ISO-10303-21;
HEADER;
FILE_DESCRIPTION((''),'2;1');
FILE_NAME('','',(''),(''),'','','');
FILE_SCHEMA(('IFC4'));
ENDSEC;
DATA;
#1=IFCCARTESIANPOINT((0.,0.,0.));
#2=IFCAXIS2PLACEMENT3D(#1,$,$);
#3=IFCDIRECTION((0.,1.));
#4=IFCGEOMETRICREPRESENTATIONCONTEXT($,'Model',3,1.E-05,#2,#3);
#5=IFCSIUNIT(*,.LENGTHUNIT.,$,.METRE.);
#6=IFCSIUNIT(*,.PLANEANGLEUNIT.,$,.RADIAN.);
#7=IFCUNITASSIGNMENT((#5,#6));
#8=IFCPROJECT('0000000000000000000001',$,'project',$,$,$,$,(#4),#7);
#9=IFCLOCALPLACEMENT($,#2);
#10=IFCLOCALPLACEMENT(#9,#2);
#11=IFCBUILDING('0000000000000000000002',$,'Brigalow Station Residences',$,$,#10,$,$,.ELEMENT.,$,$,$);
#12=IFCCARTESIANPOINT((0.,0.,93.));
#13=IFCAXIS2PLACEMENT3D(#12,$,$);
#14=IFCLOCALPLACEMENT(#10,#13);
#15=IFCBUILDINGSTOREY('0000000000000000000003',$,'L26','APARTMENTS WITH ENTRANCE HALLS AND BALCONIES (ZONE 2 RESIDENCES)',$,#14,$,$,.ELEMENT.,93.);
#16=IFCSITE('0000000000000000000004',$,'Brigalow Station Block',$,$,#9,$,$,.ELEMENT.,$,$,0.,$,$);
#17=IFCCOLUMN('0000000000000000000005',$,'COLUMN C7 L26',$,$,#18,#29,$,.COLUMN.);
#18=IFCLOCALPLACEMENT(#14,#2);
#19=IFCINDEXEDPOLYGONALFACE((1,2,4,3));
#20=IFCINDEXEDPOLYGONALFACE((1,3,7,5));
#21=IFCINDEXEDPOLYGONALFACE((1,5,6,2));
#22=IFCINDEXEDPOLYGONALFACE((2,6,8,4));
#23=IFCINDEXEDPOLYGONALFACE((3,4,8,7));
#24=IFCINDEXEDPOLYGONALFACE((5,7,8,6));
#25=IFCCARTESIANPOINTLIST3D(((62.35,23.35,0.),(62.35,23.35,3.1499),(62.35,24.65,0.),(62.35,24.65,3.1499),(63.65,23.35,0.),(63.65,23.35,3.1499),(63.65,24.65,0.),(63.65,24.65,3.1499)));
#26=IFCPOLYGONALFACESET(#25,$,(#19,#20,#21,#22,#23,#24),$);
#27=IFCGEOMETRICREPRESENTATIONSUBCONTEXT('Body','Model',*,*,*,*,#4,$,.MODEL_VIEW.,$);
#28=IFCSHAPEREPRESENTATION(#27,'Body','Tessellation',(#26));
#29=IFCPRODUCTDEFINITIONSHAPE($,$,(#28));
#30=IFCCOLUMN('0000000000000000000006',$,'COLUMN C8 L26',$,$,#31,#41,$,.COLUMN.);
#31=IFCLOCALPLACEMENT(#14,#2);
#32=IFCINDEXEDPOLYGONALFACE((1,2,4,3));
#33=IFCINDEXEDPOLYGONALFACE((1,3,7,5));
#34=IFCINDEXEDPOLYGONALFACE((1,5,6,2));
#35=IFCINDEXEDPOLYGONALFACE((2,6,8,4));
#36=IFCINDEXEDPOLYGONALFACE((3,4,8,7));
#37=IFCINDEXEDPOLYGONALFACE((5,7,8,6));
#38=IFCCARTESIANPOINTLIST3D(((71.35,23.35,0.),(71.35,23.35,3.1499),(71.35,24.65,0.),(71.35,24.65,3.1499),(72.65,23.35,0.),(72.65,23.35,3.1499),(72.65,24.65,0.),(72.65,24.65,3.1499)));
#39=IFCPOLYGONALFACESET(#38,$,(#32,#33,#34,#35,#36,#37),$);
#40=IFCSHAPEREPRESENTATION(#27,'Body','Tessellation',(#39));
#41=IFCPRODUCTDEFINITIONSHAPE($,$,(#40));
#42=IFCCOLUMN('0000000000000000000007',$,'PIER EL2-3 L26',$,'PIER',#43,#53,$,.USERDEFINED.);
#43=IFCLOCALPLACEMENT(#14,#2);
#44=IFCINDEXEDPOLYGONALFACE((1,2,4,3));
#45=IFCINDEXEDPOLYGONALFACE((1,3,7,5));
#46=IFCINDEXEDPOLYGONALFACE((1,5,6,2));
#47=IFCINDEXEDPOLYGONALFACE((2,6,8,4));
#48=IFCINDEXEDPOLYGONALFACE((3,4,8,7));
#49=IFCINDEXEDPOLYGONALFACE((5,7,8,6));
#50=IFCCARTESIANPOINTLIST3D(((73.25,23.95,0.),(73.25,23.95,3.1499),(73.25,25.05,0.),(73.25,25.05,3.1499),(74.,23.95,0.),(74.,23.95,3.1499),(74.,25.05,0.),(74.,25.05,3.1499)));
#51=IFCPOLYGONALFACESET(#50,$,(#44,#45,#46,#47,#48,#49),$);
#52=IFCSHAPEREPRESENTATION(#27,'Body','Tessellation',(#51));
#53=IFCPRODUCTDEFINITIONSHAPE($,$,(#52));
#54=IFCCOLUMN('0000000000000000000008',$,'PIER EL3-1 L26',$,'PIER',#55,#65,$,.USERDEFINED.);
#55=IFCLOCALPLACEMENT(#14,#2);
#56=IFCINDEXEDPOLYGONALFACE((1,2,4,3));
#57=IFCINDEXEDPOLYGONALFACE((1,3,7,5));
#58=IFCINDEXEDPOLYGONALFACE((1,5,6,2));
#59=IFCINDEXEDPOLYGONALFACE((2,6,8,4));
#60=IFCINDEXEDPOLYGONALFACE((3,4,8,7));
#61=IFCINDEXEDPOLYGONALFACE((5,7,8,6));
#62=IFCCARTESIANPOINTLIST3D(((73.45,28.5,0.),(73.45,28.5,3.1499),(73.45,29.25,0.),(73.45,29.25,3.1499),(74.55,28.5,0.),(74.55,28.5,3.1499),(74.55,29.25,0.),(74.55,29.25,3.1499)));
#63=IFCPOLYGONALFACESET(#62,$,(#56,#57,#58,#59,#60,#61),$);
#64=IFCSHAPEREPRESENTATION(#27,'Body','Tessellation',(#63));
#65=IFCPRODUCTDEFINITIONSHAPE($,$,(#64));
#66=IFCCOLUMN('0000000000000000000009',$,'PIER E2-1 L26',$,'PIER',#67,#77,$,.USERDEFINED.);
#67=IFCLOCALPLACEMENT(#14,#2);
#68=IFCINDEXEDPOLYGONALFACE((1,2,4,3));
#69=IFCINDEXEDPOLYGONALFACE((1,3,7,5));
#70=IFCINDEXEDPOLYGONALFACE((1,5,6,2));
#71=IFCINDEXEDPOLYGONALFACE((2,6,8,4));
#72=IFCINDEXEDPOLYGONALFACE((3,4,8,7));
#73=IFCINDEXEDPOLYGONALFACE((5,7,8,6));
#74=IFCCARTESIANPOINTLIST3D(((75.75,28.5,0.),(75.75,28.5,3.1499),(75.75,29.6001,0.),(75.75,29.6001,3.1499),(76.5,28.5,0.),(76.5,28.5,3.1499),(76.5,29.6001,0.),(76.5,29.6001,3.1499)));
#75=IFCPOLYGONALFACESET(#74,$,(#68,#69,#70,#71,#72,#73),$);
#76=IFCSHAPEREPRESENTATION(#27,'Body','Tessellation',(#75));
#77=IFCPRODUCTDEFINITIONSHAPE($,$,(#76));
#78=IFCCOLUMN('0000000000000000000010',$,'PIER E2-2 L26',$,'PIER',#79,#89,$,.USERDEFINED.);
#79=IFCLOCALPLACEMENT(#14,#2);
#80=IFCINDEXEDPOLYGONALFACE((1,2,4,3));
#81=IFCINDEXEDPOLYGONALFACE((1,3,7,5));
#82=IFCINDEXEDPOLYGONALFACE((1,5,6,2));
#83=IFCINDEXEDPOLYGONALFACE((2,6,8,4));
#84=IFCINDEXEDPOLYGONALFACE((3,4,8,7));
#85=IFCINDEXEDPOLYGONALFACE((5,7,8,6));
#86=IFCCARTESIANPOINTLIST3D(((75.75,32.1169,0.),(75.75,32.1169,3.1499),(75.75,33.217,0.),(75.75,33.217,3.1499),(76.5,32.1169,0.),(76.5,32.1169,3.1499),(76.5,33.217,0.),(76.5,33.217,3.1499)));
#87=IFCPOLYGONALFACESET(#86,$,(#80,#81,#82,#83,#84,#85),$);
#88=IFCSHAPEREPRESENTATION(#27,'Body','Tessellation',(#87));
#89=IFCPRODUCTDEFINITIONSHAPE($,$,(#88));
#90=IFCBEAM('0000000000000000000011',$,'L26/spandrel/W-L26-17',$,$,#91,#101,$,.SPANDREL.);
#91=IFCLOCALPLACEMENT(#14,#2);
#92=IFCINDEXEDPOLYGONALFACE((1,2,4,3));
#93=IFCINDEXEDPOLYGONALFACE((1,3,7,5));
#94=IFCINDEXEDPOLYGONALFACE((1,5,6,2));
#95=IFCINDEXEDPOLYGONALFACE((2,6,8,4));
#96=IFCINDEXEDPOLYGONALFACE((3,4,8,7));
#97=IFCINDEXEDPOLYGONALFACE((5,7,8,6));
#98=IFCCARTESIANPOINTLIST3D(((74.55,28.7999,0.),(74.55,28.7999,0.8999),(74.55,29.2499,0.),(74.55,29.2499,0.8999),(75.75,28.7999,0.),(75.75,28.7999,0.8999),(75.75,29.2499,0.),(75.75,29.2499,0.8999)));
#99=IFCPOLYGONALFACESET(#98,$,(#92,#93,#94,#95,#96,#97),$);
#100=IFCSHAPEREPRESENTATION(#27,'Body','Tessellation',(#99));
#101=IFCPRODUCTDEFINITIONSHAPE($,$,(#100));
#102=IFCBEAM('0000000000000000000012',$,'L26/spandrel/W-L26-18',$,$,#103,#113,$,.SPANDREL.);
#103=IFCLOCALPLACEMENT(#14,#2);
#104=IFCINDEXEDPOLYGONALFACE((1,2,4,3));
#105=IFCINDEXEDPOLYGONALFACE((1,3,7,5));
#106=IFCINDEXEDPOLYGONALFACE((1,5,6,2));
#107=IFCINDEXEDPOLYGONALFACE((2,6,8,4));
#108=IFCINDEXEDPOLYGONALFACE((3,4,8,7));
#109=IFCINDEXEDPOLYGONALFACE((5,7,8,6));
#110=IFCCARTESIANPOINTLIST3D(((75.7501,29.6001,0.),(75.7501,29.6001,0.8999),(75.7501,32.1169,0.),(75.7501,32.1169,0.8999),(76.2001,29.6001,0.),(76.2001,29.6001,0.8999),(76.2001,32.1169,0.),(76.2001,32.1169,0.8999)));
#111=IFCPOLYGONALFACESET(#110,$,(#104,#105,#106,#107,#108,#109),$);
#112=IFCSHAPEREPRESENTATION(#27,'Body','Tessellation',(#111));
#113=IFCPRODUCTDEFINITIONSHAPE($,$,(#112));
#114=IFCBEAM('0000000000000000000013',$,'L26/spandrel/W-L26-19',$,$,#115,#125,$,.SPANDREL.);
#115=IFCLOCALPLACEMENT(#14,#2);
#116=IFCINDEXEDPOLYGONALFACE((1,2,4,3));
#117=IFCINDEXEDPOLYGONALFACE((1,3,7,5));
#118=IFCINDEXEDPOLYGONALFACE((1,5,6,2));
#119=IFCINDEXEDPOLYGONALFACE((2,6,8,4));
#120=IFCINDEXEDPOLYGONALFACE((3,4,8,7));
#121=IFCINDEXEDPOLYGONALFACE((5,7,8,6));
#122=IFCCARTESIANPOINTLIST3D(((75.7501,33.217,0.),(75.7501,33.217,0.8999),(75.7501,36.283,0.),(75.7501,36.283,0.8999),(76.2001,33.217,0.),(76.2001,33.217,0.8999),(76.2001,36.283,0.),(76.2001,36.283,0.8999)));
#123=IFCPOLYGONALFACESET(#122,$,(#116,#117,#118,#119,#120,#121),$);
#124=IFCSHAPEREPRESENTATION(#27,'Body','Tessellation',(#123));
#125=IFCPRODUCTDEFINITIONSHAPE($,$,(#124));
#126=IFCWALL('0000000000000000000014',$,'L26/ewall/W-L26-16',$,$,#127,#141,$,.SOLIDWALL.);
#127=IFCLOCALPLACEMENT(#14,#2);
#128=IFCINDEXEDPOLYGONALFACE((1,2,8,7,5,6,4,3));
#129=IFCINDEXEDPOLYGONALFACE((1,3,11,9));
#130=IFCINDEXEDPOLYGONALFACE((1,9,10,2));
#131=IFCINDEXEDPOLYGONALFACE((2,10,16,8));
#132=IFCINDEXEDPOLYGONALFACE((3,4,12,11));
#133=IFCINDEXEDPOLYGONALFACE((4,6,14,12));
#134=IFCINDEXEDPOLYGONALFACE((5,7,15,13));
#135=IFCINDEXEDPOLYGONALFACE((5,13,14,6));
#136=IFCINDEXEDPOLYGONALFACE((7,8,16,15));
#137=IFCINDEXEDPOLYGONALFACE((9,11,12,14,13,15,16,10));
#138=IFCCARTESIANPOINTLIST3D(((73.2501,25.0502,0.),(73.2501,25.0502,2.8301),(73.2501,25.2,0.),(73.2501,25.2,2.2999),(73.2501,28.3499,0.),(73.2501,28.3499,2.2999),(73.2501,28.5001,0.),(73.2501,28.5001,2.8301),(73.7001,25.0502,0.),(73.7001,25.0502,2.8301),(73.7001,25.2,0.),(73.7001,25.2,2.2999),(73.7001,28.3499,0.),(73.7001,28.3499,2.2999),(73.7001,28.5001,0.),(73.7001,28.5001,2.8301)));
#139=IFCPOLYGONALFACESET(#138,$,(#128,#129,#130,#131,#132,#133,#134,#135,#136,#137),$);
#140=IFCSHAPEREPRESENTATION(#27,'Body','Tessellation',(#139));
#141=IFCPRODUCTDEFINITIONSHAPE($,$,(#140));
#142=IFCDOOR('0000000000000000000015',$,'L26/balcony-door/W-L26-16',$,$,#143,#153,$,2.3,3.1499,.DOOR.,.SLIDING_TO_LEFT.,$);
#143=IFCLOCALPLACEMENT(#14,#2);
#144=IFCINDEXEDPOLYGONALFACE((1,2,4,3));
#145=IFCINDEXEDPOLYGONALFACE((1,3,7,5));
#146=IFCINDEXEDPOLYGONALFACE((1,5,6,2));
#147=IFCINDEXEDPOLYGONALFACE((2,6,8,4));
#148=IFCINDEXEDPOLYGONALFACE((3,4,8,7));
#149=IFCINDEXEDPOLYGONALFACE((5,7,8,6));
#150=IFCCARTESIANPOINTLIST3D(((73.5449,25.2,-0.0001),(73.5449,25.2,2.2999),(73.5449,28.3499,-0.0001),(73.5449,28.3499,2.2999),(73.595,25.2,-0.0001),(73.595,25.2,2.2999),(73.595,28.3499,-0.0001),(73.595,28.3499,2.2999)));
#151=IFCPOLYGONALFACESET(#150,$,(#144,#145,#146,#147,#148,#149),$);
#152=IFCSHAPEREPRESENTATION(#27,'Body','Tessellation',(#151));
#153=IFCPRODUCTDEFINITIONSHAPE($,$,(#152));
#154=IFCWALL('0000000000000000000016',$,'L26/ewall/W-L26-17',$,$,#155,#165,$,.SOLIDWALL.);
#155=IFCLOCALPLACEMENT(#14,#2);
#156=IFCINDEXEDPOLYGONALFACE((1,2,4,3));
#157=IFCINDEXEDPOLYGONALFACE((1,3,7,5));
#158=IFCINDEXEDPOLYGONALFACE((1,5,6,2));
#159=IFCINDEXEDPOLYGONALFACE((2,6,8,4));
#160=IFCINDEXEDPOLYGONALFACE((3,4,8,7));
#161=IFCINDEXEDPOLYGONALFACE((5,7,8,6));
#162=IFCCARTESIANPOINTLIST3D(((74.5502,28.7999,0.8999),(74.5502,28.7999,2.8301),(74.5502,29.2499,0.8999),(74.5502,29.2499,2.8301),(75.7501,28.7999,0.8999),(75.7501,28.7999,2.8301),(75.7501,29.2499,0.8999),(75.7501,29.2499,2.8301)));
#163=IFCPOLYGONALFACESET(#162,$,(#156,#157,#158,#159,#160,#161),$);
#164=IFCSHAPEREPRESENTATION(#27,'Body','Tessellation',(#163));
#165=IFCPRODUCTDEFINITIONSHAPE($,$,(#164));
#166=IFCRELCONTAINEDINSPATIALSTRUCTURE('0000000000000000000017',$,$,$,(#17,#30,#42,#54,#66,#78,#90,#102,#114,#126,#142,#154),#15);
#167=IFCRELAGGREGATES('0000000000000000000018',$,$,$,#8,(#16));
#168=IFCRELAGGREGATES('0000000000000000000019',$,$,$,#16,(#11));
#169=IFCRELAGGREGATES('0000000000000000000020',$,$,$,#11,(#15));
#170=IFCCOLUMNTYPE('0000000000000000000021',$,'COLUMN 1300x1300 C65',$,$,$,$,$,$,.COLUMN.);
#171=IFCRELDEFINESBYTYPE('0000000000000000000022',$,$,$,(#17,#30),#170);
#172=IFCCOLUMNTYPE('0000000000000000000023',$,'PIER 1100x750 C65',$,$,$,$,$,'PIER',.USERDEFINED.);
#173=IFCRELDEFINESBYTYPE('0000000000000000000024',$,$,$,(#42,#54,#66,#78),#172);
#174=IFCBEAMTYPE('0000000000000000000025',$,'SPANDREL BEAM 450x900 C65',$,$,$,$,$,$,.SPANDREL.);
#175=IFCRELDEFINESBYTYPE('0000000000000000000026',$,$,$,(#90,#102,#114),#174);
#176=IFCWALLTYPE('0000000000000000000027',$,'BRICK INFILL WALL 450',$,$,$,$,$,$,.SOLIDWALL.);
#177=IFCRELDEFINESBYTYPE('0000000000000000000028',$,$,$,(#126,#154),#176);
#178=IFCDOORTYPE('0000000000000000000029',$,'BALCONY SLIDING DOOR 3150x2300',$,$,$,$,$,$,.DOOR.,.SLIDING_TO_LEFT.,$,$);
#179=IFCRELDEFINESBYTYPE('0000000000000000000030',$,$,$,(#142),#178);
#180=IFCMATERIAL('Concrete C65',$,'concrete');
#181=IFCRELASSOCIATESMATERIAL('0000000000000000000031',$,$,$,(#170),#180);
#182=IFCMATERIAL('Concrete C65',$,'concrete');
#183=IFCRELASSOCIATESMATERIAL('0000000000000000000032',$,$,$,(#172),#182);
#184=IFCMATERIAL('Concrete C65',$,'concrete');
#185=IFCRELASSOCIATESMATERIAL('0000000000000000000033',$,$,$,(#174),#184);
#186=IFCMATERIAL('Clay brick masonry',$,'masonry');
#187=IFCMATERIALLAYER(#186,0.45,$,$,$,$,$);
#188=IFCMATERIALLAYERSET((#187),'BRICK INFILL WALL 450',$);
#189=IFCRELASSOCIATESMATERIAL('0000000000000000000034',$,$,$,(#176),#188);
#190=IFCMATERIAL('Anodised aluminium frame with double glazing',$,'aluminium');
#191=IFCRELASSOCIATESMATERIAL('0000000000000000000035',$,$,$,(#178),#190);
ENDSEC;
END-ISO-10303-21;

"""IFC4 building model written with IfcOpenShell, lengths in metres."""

from ifc_helpers import new_model, si_unit, direction, frame, frame_2d, origin, origin_2d, place, context, subcontext, project, spatial, rectangle, extrude, material, layer, layer_set, material_profile, profile_set, type_object, element, fill, save


model = new_model("IFC4")

# Units and contexts
model_context = context("Model", 3, precision=1e-05, world=origin(), true_north=direction((0.0, 1.0)))
body_context = subcontext(model_context, "Body", "Model", "MODEL_VIEW")
ifc_project = project(units=[si_unit("LENGTHUNIT", "METRE"), si_unit("PLANEANGLEUNIT", "RADIAN")], contexts=[model_context])

# Site, building, storey
site_placement = place(None, origin())
site = spatial("IfcSite", under=ifc_project, at=site_placement, Name="Brigalow Station Block", CompositionType="ELEMENT", RefElevation=0.0)
building_placement = place(site_placement, origin())
building = spatial("IfcBuilding", under=site, at=building_placement, Name="Brigalow Station Residences", CompositionType="ELEMENT")
storey_placement = place(building_placement, frame((0.0, 0.0, 93.0)))
storey = spatial("IfcBuildingStorey", under=building, at=storey_placement, Name="L26", Description="APARTMENTS WITH ENTRANCE HALLS AND BALCONIES (ZONE 2 RESIDENCES)", CompositionType="ELEMENT", Elevation=93.0)

# Columns
ifc_material_1 = material(Name="Concrete C65", Category="concrete")
ifc_material_profile_1 = material_profile(ifc_material_1, rectangle(XDim=1.3, YDim=1.3, at=origin_2d()), Name="RC1300x1300")
ifc_profile_set_1 = profile_set([ifc_material_profile_1], Name="Concrete C65")
column_type_1 = type_object("IfcColumnType", Name="COLUMN 1300x1300 C65", PredefinedType="COLUMN", material=ifc_profile_set_1)
for number, where, z_axis, x_axis, name in (
    (1, (63.0, 24.0, 0.0), (0.0, 0.0, 1.0), (1.0, 0.0, 0.0), "COLUMN C7 L26"),
    (2, (72.0, 24.0, 0.0), (0.0, 0.0, 1.0), (1.0, 0.0, 0.0), "COLUMN C8 L26"),
):
    element("IfcColumn", number, at=place(storey_placement, frame(where, z_axis=z_axis, x_axis=x_axis)), inside=storey, type_object=column_type_1, Name=name, PredefinedType="COLUMN", context=body_context, shape_type="SweptSolid", body=[
        extrude(rectangle(XDim=1.3, YDim=1.3, at=origin_2d()), origin(), (0.0, 0.0, 1.0), 3.1499),
    ])
ifc_material_2 = material(Name="Concrete C65", Category="concrete")
ifc_material_profile_2 = material_profile(ifc_material_2, rectangle(XDim=1.1001, YDim=0.75, at=origin_2d()), Name="RC1100x750")
ifc_profile_set_2 = profile_set([ifc_material_profile_2], Name="Concrete C65")
column_type_2 = type_object("IfcColumnType", Name="PIER 1100x750 C65", ElementType="PIER", PredefinedType="USERDEFINED", material=ifc_profile_set_2)
for number, where, z_axis, x_axis, name in (
    (3, (73.625, 24.5, 0.0), (0.0, 0.0, 1.0), (0.0, 1.0, 0.0), "PIER EL2-3 L26"),
    (4, (74.0, 28.875, 0.0), (0.0, 0.0, 1.0), (1.0, 0.0, 0.0), "PIER EL3-1 L26"),
    (5, (76.125, 29.05, 0.0), (0.0, 0.0, 1.0), (0.0, 1.0, 0.0), "PIER E2-1 L26"),
    (6, (76.125, 32.667, 0.0), (0.0, 0.0, 1.0), (0.0, 1.0, 0.0), "PIER E2-2 L26"),
):
    element("IfcColumn", number, at=place(storey_placement, frame(where, z_axis=z_axis, x_axis=x_axis)), inside=storey, type_object=column_type_2, Name=name, ObjectType="PIER", PredefinedType="USERDEFINED", context=body_context, shape_type="SweptSolid", body=[
        extrude(rectangle(XDim=1.1001, YDim=0.75, at=origin_2d()), origin(), (0.0, 0.0, 1.0), 3.1499),
    ])

# Beams
ifc_material_3 = material(Name="Concrete C65", Category="concrete")
ifc_material_profile_3 = material_profile(ifc_material_3, rectangle(XDim=0.45, YDim=0.8999, at=origin_2d()), Name="RC450x900")
ifc_profile_set_3 = profile_set([ifc_material_profile_3], Name="Concrete C65")
beam_type = type_object("IfcBeamType", Name="SPANDREL BEAM 450x900 C65", PredefinedType="SPANDREL", material=ifc_profile_set_3)
beam_1_placement = place(storey_placement, frame((74.55, 29.0249, 0.45), z_axis=(1.0, 0.0, 0.0), x_axis=(0.0, 1.0, 0.0)))
element("IfcBeam", 7, at=beam_1_placement, inside=storey, type_object=beam_type, Name="L26/spandrel/W-L26-17", PredefinedType="SPANDREL", context=body_context, shape_type="SweptSolid", body=[
    extrude(rectangle(XDim=0.45, YDim=0.8999, at=origin_2d()), origin(), (0.0, 0.0, 1.0), 1.2),
])
beam_2_placement = place(storey_placement, frame((75.9751, 29.6001, 0.45), z_axis=(0.0, 1.0, 0.0), x_axis=(-1.0, 0.0, 0.0)))
element("IfcBeam", 8, at=beam_2_placement, inside=storey, type_object=beam_type, Name="L26/spandrel/W-L26-18", PredefinedType="SPANDREL", context=body_context, shape_type="SweptSolid", body=[
    extrude(rectangle(XDim=0.45, YDim=0.8999, at=origin_2d()), origin(), (0.0, 0.0, 1.0), 2.5168),
])
beam_3_placement = place(storey_placement, frame((75.9751, 33.217, 0.45), z_axis=(0.0, 1.0, 0.0), x_axis=(-1.0, 0.0, 0.0)))
element("IfcBeam", 9, at=beam_3_placement, inside=storey, type_object=beam_type, Name="L26/spandrel/W-L26-19", PredefinedType="SPANDREL", context=body_context, shape_type="SweptSolid", body=[
    extrude(rectangle(XDim=0.45, YDim=0.8999, at=origin_2d()), origin(), (0.0, 0.0, 1.0), 3.0659),
])

# Wall, opening, door
ifc_material_4 = material(Name="Clay brick masonry", Category="masonry")
ifc_layer_1 = layer(ifc_material_4, 0.45)
ifc_layer_set_1 = layer_set([ifc_layer_1], Name="BRICK INFILL WALL 450")
wall_type_1 = type_object("IfcWallType", Name="BRICK INFILL WALL 450", PredefinedType="SOLIDWALL", material=ifc_layer_set_1)
wall_1_placement = place(storey_placement, frame((73.4751, 25.05, 0.0), z_axis=(0.0, 0.0, 1.0), x_axis=(0.0, 1.0, 0.0)))
wall_1 = element("IfcWall", 10, at=wall_1_placement, inside=storey, type_object=wall_type_1, Name="L26/ewall/W-L26-16", PredefinedType="SOLIDWALL", context=body_context, shape_type="SweptSolid", body=[
    extrude(rectangle(XDim=3.45, YDim=0.45, at=frame_2d((1.7251, 0.0))), origin(), (0.0, 0.0, 1.0), 2.8301),
])
opening_1_placement = place(wall_1_placement, frame((0.1499, 0.0, 0.0)))
opening_1 = element("IfcOpeningElement", 11, at=opening_1_placement, cuts=wall_1, PredefinedType="OPENING", context=body_context, shape_type="SweptSolid", body=[
    extrude(rectangle(XDim=3.1499, YDim=2.3, at=frame_2d((1.575, 1.1499))), frame((0.0, 0.2349, 0.0), z_axis=(0.0, -1.0, 0.0), x_axis=(1.0, 0.0, 0.0)), (0.0, 0.0, 1.0), 0.47),
])
ifc_material_5 = material(Name="Anodised aluminium frame with double glazing", Category="aluminium")
door_type_1 = type_object("IfcDoorType", Name="BALCONY SLIDING DOOR 3150x2300", OperationType="SLIDING_TO_LEFT", PredefinedType="DOOR", material=ifc_material_5)
door_1_placement = place(opening_1_placement, origin())
door_1 = element("IfcDoor", 12, at=door_1_placement, inside=storey, type_object=door_type_1, Name="L26/balcony-door/W-L26-16", OperationType="SLIDING_TO_LEFT", OverallHeight=2.3, OverallWidth=3.1499, PredefinedType="DOOR", context=body_context, shape_type="SweptSolid", body=[
    extrude(rectangle(XDim=3.1499, YDim=2.3, at=frame_2d((1.575, 1.1499))), frame((0.0, -0.0698, 0.0), z_axis=(0.0, -1.0, 0.0), x_axis=(1.0, 0.0, 0.0)), (0.0, 0.0, 1.0), 0.05),
])
fill(opening_1, door_1)

# Wall
wall_2_placement = place(storey_placement, frame((74.55, 29.0249, 0.8999), z_axis=(0.0, 0.0, 1.0), x_axis=(1.0, 0.0, 0.0)))
element("IfcWall", 13, at=wall_2_placement, inside=storey, type_object=wall_type_1, Name="L26/ewall/W-L26-17", PredefinedType="SOLIDWALL", context=body_context, shape_type="SweptSolid", body=[
    extrude(rectangle(XDim=1.2, YDim=0.45, at=frame_2d((0.6001, 0.0))), origin(), (0.0, 0.0, 1.0), 1.9302),
])

save(model, "model.ifc")
